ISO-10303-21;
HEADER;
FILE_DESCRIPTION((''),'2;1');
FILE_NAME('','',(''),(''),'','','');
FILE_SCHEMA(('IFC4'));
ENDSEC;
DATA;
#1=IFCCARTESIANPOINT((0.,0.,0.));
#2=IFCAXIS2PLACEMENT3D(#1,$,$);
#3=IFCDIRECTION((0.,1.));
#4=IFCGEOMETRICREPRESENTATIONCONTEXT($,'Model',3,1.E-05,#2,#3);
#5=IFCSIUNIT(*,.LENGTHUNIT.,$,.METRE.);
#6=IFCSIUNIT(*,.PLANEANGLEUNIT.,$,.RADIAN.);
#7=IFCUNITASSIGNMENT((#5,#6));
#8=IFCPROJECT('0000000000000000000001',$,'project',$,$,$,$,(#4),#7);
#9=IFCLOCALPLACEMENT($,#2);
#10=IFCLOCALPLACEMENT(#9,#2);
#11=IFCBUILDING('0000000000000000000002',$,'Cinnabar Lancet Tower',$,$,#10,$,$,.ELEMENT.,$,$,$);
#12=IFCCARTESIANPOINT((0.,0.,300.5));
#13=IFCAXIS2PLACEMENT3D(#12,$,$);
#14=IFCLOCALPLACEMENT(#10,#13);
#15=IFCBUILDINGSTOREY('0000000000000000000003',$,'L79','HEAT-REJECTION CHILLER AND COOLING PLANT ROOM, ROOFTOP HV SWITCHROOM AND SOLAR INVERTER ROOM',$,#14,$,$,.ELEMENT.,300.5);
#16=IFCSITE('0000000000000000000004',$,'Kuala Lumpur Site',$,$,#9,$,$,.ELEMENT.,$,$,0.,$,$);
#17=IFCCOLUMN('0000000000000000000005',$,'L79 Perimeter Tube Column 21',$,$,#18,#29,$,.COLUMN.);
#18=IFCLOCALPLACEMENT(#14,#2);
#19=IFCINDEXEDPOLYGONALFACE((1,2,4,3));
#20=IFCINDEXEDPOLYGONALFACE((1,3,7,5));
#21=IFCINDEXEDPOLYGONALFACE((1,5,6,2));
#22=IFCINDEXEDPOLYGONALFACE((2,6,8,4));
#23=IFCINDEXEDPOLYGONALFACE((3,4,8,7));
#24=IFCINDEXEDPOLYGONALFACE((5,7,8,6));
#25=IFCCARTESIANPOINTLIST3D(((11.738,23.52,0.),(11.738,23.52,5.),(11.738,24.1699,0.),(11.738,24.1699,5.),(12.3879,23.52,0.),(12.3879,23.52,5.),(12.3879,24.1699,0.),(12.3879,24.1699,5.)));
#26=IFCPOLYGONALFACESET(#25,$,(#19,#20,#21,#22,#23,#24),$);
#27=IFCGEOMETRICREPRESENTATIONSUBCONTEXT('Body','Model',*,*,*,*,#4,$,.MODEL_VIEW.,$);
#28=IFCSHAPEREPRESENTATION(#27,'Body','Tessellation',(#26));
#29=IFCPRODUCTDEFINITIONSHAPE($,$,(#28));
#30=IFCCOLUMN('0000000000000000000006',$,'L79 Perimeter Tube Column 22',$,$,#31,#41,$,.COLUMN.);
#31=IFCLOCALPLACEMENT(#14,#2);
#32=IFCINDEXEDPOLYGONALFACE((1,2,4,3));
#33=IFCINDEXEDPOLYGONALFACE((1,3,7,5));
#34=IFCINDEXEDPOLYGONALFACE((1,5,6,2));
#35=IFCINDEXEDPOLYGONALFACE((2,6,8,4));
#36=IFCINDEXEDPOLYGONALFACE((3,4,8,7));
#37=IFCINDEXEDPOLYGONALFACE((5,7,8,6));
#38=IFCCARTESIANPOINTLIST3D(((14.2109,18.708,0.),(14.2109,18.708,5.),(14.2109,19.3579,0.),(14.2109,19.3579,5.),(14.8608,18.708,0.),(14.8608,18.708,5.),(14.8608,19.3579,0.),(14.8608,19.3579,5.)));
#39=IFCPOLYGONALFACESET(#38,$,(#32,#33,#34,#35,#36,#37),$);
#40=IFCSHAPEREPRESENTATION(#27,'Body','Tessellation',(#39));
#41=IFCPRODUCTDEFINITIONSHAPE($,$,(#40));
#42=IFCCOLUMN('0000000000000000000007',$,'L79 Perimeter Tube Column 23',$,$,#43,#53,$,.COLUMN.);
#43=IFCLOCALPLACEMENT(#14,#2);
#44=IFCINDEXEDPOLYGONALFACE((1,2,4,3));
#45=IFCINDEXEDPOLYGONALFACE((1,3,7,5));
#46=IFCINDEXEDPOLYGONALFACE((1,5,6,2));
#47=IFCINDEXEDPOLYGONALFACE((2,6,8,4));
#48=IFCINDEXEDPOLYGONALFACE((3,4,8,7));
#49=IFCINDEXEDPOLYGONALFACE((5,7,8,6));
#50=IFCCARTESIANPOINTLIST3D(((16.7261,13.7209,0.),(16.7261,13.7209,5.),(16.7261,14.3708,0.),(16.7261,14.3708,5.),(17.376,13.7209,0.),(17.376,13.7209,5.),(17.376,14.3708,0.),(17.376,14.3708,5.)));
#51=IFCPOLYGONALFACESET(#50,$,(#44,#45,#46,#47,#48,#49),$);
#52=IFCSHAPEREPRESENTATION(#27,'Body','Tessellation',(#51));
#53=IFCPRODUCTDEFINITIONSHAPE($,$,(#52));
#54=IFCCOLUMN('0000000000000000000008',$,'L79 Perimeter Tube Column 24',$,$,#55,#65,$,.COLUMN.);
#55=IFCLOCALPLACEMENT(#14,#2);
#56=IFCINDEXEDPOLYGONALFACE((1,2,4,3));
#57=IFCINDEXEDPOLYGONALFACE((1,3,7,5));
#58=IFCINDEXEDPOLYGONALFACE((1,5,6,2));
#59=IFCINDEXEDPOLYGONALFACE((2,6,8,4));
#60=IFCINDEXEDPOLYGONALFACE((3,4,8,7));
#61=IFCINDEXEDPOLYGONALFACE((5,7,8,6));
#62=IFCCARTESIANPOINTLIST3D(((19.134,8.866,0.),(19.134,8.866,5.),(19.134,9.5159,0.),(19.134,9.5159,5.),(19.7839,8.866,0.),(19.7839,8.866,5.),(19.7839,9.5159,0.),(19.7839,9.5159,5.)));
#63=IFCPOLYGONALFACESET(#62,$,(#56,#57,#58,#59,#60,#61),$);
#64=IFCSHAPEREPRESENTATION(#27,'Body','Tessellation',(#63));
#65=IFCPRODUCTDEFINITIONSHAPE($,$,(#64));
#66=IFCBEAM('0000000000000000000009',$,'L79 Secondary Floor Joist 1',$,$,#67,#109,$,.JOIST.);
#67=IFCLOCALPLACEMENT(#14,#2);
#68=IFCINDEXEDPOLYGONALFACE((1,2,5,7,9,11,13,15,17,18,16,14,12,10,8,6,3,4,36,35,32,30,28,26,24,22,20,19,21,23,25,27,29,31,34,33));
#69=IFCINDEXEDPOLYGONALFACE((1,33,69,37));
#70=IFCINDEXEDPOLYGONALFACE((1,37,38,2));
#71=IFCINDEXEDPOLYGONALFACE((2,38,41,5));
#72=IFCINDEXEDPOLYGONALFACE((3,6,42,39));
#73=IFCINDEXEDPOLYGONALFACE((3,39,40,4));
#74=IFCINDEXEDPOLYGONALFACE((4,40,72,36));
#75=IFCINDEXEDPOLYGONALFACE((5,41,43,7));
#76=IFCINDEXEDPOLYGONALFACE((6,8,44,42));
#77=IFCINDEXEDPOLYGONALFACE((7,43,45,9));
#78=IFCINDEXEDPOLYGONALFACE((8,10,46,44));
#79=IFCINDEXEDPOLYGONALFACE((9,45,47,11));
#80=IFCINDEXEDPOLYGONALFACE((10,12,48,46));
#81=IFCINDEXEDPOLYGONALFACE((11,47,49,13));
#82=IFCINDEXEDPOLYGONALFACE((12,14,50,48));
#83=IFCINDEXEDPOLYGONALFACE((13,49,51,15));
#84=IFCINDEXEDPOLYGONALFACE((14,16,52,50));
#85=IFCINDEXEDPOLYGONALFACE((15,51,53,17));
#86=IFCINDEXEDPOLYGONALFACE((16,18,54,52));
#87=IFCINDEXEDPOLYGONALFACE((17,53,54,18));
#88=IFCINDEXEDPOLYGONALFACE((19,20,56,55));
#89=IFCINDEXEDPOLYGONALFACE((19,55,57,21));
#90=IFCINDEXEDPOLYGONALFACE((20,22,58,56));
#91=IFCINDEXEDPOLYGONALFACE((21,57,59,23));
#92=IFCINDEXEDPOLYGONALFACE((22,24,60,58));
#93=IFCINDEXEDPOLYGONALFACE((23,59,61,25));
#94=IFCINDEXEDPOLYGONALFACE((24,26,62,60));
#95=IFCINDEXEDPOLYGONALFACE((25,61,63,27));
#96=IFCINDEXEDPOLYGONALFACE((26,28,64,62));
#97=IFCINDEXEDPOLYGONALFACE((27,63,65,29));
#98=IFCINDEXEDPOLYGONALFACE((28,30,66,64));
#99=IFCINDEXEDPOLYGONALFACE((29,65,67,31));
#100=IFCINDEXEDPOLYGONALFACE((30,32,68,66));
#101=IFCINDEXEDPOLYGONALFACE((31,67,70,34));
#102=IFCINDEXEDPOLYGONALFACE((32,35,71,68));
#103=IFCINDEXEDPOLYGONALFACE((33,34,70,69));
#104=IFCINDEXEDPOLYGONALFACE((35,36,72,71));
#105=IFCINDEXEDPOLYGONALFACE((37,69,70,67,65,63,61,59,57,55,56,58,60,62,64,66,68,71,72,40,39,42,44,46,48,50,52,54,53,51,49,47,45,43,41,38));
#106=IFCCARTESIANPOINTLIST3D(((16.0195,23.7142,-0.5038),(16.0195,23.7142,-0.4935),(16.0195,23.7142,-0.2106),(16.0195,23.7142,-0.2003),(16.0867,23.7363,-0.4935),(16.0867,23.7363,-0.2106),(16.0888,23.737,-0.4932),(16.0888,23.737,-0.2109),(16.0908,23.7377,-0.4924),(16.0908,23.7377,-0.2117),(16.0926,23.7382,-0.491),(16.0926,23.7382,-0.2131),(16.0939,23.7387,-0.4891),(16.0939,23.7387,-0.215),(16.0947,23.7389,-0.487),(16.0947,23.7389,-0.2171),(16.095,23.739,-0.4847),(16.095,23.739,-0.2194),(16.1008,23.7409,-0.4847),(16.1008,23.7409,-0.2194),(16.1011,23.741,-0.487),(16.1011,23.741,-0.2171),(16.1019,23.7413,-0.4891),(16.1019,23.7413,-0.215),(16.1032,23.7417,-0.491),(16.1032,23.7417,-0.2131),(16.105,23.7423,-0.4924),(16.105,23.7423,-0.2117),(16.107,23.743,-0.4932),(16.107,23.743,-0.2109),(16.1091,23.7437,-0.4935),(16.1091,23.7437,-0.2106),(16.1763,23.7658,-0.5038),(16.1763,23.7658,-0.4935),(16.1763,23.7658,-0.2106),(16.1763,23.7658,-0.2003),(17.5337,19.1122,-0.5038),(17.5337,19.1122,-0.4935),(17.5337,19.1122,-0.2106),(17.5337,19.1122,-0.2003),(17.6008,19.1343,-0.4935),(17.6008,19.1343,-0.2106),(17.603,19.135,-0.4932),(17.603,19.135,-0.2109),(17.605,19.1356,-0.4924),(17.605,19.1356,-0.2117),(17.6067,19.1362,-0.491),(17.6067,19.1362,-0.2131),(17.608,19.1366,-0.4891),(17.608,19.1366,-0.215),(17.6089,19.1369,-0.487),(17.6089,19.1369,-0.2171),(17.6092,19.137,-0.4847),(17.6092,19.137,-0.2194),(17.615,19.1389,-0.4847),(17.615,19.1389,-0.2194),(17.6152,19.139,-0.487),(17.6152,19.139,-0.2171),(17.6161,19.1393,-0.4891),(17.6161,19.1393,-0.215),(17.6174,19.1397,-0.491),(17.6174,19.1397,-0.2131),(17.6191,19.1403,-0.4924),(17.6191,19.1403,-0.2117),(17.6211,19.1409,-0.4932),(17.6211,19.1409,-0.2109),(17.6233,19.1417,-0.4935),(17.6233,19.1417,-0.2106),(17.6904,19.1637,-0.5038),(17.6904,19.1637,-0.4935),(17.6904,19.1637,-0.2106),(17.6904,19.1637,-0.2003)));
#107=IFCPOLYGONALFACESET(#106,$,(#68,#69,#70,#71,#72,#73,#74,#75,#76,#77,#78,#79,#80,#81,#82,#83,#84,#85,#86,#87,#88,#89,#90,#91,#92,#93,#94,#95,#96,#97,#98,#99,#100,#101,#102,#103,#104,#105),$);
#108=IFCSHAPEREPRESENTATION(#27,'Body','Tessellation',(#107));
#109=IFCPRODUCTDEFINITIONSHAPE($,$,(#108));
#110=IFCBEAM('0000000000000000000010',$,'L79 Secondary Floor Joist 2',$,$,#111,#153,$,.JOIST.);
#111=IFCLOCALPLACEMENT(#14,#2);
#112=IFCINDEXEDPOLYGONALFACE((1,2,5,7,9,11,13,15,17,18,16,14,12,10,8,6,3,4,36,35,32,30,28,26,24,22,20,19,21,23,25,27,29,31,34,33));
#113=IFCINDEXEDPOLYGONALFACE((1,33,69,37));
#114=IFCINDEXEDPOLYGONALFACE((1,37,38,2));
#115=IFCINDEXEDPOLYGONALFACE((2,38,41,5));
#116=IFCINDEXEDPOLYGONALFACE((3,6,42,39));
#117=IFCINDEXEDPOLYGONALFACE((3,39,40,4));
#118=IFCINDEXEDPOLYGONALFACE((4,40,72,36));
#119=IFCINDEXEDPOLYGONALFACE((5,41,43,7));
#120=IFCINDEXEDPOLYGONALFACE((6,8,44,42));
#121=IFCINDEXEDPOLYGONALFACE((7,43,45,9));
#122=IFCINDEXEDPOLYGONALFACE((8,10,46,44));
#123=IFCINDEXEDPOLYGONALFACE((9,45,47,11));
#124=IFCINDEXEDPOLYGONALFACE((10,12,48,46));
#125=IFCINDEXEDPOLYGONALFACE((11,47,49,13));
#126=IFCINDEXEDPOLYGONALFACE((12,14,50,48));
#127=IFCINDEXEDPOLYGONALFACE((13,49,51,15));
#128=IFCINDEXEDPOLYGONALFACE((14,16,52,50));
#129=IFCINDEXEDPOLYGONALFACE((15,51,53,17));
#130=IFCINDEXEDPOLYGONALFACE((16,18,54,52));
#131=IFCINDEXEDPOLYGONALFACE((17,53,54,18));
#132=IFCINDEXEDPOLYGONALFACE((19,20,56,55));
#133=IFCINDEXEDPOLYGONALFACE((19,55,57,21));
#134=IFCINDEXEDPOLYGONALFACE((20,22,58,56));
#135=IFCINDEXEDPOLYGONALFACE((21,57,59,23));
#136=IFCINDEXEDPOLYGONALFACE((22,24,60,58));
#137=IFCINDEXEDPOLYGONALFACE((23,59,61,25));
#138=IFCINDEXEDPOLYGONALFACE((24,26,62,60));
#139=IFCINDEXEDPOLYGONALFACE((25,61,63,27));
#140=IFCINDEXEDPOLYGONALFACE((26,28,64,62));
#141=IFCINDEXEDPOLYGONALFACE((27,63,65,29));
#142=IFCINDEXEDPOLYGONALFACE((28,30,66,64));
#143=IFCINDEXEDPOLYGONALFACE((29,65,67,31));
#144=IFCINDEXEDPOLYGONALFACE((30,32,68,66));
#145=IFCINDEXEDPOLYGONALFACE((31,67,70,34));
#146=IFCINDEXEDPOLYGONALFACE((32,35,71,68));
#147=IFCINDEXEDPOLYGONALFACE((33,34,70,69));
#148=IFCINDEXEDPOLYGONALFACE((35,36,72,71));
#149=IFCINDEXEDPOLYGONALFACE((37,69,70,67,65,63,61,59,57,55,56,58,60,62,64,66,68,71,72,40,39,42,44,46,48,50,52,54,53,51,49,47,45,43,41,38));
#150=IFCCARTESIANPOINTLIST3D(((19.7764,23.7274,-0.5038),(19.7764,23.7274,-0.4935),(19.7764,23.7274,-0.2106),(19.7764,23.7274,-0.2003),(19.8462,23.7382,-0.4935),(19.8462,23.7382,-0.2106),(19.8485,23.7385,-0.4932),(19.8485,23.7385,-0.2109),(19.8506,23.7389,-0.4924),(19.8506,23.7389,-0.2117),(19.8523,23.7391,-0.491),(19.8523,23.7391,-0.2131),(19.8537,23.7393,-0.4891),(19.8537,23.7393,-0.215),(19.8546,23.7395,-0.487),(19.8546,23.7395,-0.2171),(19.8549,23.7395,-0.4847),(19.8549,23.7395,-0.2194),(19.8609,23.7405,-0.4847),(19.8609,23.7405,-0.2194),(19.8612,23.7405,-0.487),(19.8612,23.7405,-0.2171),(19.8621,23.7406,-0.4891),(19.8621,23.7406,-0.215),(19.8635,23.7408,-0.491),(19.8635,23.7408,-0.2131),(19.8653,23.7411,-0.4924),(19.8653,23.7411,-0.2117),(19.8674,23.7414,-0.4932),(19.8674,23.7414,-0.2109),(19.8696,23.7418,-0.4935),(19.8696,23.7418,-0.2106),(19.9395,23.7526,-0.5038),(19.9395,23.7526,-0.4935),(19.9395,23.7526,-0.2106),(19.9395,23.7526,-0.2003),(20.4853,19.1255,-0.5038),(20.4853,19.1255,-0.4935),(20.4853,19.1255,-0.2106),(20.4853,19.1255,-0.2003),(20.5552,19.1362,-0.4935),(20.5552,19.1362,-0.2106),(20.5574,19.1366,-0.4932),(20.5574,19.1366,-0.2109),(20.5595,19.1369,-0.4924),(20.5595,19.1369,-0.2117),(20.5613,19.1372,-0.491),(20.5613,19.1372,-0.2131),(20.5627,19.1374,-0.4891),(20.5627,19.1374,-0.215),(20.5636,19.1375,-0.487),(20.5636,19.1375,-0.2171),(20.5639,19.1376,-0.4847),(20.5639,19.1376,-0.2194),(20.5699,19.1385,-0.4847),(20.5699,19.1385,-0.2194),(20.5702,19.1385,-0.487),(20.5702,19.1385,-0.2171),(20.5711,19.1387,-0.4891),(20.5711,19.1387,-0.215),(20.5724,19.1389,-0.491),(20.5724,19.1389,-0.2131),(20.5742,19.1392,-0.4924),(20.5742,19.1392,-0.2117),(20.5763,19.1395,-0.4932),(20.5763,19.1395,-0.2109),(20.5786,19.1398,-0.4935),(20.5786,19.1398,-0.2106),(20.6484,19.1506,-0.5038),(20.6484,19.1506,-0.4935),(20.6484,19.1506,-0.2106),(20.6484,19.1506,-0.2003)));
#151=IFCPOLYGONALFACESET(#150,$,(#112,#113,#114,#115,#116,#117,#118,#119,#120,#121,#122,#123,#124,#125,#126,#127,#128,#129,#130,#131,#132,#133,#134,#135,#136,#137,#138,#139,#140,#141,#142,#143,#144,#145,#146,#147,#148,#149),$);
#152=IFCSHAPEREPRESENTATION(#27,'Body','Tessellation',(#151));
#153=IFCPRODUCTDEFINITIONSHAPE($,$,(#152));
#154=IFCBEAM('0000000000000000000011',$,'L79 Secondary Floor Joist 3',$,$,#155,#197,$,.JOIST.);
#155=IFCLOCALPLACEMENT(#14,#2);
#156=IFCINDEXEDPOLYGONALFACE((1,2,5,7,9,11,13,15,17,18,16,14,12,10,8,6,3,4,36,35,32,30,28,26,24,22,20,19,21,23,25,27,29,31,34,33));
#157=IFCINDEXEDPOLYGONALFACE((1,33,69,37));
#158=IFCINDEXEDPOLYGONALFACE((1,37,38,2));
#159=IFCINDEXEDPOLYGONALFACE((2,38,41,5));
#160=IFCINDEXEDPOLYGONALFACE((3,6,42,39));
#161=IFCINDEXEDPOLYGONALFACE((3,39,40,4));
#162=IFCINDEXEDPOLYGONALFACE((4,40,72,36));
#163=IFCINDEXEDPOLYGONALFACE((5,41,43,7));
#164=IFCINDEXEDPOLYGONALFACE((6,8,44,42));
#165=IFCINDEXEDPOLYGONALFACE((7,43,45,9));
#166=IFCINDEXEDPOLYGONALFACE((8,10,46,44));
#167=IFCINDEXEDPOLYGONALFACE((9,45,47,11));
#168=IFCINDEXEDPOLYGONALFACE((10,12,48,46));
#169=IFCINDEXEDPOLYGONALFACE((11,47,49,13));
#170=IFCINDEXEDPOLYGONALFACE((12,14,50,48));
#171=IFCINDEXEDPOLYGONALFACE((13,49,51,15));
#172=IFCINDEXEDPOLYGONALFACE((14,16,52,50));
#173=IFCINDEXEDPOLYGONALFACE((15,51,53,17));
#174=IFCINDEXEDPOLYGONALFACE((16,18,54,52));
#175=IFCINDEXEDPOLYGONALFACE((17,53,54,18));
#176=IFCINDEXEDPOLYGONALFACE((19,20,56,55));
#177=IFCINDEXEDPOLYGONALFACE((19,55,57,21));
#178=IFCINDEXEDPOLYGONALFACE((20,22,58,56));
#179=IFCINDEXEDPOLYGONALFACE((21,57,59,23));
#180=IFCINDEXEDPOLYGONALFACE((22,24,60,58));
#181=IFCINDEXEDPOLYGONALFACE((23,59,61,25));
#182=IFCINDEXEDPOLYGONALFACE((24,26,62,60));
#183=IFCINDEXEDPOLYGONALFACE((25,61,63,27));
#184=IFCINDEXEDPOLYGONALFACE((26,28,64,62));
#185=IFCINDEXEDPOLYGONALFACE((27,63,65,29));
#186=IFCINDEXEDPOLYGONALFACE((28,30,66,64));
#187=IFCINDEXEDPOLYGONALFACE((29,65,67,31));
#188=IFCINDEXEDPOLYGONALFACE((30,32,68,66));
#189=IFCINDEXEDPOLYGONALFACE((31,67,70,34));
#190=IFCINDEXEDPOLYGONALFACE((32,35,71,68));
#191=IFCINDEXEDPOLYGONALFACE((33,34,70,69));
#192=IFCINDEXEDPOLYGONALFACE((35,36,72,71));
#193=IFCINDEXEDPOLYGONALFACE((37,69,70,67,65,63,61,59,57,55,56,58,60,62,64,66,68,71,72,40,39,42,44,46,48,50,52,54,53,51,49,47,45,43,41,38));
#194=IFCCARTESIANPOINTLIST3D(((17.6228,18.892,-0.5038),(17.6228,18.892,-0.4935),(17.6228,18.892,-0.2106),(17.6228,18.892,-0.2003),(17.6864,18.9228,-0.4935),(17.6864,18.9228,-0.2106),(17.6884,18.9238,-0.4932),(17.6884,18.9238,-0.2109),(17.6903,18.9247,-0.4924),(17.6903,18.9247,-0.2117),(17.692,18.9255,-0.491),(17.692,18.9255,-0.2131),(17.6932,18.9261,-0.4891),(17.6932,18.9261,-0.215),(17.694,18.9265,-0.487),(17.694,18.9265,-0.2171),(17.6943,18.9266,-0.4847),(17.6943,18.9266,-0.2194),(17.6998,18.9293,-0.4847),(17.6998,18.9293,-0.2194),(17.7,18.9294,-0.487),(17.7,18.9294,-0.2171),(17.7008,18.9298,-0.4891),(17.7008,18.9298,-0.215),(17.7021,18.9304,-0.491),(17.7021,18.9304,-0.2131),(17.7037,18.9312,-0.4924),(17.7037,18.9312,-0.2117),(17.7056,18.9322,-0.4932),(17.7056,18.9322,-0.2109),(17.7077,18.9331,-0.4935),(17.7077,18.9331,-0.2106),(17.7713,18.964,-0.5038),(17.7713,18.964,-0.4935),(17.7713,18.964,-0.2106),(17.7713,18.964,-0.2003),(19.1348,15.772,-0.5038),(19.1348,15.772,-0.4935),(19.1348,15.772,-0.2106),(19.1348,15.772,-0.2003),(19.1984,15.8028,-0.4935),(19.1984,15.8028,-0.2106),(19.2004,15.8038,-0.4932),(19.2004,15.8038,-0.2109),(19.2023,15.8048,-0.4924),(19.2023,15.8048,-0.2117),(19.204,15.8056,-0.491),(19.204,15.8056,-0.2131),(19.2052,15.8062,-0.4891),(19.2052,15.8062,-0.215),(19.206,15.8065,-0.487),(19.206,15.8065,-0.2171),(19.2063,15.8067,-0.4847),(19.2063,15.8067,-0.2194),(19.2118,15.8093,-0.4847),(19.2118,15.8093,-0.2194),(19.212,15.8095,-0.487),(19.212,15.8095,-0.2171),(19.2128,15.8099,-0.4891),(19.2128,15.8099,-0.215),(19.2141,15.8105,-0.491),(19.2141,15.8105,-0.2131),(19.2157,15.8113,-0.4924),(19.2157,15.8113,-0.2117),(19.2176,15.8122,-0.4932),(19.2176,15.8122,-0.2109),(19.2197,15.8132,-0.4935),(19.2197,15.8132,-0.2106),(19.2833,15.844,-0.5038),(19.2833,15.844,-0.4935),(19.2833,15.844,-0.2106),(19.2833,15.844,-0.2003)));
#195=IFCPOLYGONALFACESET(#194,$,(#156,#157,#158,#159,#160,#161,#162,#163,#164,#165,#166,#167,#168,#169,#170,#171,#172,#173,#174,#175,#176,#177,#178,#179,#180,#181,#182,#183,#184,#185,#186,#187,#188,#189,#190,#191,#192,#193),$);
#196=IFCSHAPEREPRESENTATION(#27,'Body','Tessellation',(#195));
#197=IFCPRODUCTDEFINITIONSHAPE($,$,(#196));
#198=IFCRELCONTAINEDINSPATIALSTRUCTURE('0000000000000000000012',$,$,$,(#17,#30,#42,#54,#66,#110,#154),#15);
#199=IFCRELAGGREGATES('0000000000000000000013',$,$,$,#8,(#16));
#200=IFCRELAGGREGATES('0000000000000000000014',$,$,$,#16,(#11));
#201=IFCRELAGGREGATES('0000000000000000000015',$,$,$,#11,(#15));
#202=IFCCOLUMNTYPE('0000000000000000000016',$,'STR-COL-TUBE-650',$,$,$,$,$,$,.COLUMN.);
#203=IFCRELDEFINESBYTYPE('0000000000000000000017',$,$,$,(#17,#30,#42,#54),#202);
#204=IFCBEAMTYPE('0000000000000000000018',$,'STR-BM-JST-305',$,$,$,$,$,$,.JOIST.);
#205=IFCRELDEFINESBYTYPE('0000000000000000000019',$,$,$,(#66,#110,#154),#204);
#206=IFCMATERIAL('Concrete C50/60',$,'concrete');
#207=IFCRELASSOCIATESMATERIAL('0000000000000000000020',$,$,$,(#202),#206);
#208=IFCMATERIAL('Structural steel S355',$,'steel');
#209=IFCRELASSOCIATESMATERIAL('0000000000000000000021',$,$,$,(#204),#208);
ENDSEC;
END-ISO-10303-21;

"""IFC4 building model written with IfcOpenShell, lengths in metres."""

from ifc_helpers import new_model, si_unit, direction, frame, origin, origin_2d, place, context, subcontext, project, spatial, rectangle, i_section, extrude, material, material_profile, profile_set, type_object, element, save


model = new_model("IFC4")

# Units and contexts
model_context = context("Model", 3, precision=1e-05, world=origin(), true_north=direction((0.0, 1.0)))
body_context = subcontext(model_context, "Body", "Model", "MODEL_VIEW")
ifc_project = project(units=[si_unit("LENGTHUNIT", "METRE"), si_unit("PLANEANGLEUNIT", "RADIAN")], contexts=[model_context])

# Site, building, storey
site_placement = place(None, origin())
site = spatial("IfcSite", under=ifc_project, at=site_placement, Name="Kuala Lumpur Site", CompositionType="ELEMENT", RefElevation=0.0)
building_placement = place(site_placement, origin())
building = spatial("IfcBuilding", under=site, at=building_placement, Name="Cinnabar Lancet Tower", CompositionType="ELEMENT")
storey_placement = place(building_placement, frame((0.0, 0.0, 300.5)))
storey = spatial("IfcBuildingStorey", under=building, at=storey_placement, Name="L79", Description="HEAT-REJECTION CHILLER AND COOLING PLANT ROOM, ROOFTOP HV SWITCHROOM AND SOLAR INVERTER ROOM", CompositionType="ELEMENT", Elevation=300.5)

# Columns
ifc_material_1 = material(Name="Concrete C50/60", Category="concrete")
ifc_material_profile_1 = material_profile(ifc_material_1, rectangle(XDim=0.6499, YDim=0.6499, at=origin_2d()), Name="RC-COL 650x650")
ifc_profile_set_1 = profile_set([ifc_material_profile_1], Name="Concrete C50/60")
column_type = type_object("IfcColumnType", Name="STR-COL-TUBE-650", PredefinedType="COLUMN", material=ifc_profile_set_1)
for number, where, z_axis, x_axis, name in (
    (1, (12.063, 23.845, 0.0), (0.0, 0.0, 1.0), (1.0, 0.0, 0.0), "L79 Perimeter Tube Column 21"),
    (2, (14.5359, 19.033, 0.0), (0.0, 0.0, 1.0), (1.0, 0.0, 0.0), "L79 Perimeter Tube Column 22"),
    (3, (17.051, 14.0459, 0.0), (0.0, 0.0, 1.0), (1.0, 0.0, 0.0), "L79 Perimeter Tube Column 23"),
    (4, (19.459, 9.1909, 0.0), (0.0, 0.0, 1.0), (1.0, 0.0, 0.0), "L79 Perimeter Tube Column 24"),
):
    element("IfcColumn", number, at=place(storey_placement, frame(where, z_axis=z_axis, x_axis=x_axis)), inside=storey, type_object=column_type, Name=name, PredefinedType="COLUMN", context=body_context, shape_type="SweptSolid", body=[
        extrude(rectangle(XDim=0.6499, YDim=0.6499, at=origin_2d()), origin(), (0.0, 0.0, 1.0), 5.0),
    ])

# Beams
ifc_material_2 = material(Name="Structural steel S355", Category="steel")
ifc_material_profile_2 = material_profile(ifc_material_2, i_section(OverallWidth=0.165, OverallDepth=0.3035, WebThickness=0.0061, FlangeThickness=0.0103, FilletRadius=0.0088, at=origin_2d()), Name="UKB 305x165x40")
ifc_profile_set_2 = profile_set([ifc_material_profile_2], Name="Structural steel S355")
beam_type_1 = type_object("IfcBeamType", Name="STR-BM-JST-305", PredefinedType="JOIST", material=ifc_profile_set_2)
beam_1_placement = place(storey_placement, frame((16.0979, 23.74, -0.3521), z_axis=(0.312537, -0.949906, 0.0), x_axis=(0.949906, 0.312537, 0.0)))
element("IfcBeam", 5, at=beam_1_placement, inside=storey, type_object=beam_type_1, Name="L79 Secondary Floor Joist 1", PredefinedType="JOIST", context=body_context, shape_type="SweptSolid", body=[
    extrude(i_section(OverallWidth=0.165, OverallDepth=0.3035, WebThickness=0.0061, FlangeThickness=0.0103, FilletRadius=0.0088, at=origin_2d()), origin(), (0.0, 0.0, 1.0), 4.8447),
])
beam_2_placement = place(storey_placement, frame((19.8579, 23.74, -0.3521), z_axis=(0.152262, -0.98834, 0.0), x_axis=(0.98834, 0.152262, 0.0)))
element("IfcBeam", 6, at=beam_2_placement, inside=storey, type_object=beam_type_1, Name="L79 Secondary Floor Joist 2", PredefinedType="JOIST", context=body_context, shape_type="SweptSolid", body=[
    extrude(i_section(OverallWidth=0.165, OverallDepth=0.3035, WebThickness=0.0061, FlangeThickness=0.0103, FilletRadius=0.0088, at=origin_2d()), origin(), (0.0, 0.0, 1.0), 4.6562),
])
beam_3_placement = place(storey_placement, frame((17.697, 18.928, -0.3521), z_axis=(0.436109, -0.899894, 0.0), x_axis=(0.899894, 0.436109, 0.0)))
element("IfcBeam", 7, at=beam_3_placement, inside=storey, type_object=beam_type_1, Name="L79 Secondary Floor Joist 3", PredefinedType="JOIST", context=body_context, shape_type="SweptSolid", body=[
    extrude(i_section(OverallWidth=0.165, OverallDepth=0.3035, WebThickness=0.0061, FlangeThickness=0.0103, FilletRadius=0.0088, at=origin_2d()), origin(), (0.0, 0.0, 1.0), 3.467),
])

save(model, "model.ifc")
